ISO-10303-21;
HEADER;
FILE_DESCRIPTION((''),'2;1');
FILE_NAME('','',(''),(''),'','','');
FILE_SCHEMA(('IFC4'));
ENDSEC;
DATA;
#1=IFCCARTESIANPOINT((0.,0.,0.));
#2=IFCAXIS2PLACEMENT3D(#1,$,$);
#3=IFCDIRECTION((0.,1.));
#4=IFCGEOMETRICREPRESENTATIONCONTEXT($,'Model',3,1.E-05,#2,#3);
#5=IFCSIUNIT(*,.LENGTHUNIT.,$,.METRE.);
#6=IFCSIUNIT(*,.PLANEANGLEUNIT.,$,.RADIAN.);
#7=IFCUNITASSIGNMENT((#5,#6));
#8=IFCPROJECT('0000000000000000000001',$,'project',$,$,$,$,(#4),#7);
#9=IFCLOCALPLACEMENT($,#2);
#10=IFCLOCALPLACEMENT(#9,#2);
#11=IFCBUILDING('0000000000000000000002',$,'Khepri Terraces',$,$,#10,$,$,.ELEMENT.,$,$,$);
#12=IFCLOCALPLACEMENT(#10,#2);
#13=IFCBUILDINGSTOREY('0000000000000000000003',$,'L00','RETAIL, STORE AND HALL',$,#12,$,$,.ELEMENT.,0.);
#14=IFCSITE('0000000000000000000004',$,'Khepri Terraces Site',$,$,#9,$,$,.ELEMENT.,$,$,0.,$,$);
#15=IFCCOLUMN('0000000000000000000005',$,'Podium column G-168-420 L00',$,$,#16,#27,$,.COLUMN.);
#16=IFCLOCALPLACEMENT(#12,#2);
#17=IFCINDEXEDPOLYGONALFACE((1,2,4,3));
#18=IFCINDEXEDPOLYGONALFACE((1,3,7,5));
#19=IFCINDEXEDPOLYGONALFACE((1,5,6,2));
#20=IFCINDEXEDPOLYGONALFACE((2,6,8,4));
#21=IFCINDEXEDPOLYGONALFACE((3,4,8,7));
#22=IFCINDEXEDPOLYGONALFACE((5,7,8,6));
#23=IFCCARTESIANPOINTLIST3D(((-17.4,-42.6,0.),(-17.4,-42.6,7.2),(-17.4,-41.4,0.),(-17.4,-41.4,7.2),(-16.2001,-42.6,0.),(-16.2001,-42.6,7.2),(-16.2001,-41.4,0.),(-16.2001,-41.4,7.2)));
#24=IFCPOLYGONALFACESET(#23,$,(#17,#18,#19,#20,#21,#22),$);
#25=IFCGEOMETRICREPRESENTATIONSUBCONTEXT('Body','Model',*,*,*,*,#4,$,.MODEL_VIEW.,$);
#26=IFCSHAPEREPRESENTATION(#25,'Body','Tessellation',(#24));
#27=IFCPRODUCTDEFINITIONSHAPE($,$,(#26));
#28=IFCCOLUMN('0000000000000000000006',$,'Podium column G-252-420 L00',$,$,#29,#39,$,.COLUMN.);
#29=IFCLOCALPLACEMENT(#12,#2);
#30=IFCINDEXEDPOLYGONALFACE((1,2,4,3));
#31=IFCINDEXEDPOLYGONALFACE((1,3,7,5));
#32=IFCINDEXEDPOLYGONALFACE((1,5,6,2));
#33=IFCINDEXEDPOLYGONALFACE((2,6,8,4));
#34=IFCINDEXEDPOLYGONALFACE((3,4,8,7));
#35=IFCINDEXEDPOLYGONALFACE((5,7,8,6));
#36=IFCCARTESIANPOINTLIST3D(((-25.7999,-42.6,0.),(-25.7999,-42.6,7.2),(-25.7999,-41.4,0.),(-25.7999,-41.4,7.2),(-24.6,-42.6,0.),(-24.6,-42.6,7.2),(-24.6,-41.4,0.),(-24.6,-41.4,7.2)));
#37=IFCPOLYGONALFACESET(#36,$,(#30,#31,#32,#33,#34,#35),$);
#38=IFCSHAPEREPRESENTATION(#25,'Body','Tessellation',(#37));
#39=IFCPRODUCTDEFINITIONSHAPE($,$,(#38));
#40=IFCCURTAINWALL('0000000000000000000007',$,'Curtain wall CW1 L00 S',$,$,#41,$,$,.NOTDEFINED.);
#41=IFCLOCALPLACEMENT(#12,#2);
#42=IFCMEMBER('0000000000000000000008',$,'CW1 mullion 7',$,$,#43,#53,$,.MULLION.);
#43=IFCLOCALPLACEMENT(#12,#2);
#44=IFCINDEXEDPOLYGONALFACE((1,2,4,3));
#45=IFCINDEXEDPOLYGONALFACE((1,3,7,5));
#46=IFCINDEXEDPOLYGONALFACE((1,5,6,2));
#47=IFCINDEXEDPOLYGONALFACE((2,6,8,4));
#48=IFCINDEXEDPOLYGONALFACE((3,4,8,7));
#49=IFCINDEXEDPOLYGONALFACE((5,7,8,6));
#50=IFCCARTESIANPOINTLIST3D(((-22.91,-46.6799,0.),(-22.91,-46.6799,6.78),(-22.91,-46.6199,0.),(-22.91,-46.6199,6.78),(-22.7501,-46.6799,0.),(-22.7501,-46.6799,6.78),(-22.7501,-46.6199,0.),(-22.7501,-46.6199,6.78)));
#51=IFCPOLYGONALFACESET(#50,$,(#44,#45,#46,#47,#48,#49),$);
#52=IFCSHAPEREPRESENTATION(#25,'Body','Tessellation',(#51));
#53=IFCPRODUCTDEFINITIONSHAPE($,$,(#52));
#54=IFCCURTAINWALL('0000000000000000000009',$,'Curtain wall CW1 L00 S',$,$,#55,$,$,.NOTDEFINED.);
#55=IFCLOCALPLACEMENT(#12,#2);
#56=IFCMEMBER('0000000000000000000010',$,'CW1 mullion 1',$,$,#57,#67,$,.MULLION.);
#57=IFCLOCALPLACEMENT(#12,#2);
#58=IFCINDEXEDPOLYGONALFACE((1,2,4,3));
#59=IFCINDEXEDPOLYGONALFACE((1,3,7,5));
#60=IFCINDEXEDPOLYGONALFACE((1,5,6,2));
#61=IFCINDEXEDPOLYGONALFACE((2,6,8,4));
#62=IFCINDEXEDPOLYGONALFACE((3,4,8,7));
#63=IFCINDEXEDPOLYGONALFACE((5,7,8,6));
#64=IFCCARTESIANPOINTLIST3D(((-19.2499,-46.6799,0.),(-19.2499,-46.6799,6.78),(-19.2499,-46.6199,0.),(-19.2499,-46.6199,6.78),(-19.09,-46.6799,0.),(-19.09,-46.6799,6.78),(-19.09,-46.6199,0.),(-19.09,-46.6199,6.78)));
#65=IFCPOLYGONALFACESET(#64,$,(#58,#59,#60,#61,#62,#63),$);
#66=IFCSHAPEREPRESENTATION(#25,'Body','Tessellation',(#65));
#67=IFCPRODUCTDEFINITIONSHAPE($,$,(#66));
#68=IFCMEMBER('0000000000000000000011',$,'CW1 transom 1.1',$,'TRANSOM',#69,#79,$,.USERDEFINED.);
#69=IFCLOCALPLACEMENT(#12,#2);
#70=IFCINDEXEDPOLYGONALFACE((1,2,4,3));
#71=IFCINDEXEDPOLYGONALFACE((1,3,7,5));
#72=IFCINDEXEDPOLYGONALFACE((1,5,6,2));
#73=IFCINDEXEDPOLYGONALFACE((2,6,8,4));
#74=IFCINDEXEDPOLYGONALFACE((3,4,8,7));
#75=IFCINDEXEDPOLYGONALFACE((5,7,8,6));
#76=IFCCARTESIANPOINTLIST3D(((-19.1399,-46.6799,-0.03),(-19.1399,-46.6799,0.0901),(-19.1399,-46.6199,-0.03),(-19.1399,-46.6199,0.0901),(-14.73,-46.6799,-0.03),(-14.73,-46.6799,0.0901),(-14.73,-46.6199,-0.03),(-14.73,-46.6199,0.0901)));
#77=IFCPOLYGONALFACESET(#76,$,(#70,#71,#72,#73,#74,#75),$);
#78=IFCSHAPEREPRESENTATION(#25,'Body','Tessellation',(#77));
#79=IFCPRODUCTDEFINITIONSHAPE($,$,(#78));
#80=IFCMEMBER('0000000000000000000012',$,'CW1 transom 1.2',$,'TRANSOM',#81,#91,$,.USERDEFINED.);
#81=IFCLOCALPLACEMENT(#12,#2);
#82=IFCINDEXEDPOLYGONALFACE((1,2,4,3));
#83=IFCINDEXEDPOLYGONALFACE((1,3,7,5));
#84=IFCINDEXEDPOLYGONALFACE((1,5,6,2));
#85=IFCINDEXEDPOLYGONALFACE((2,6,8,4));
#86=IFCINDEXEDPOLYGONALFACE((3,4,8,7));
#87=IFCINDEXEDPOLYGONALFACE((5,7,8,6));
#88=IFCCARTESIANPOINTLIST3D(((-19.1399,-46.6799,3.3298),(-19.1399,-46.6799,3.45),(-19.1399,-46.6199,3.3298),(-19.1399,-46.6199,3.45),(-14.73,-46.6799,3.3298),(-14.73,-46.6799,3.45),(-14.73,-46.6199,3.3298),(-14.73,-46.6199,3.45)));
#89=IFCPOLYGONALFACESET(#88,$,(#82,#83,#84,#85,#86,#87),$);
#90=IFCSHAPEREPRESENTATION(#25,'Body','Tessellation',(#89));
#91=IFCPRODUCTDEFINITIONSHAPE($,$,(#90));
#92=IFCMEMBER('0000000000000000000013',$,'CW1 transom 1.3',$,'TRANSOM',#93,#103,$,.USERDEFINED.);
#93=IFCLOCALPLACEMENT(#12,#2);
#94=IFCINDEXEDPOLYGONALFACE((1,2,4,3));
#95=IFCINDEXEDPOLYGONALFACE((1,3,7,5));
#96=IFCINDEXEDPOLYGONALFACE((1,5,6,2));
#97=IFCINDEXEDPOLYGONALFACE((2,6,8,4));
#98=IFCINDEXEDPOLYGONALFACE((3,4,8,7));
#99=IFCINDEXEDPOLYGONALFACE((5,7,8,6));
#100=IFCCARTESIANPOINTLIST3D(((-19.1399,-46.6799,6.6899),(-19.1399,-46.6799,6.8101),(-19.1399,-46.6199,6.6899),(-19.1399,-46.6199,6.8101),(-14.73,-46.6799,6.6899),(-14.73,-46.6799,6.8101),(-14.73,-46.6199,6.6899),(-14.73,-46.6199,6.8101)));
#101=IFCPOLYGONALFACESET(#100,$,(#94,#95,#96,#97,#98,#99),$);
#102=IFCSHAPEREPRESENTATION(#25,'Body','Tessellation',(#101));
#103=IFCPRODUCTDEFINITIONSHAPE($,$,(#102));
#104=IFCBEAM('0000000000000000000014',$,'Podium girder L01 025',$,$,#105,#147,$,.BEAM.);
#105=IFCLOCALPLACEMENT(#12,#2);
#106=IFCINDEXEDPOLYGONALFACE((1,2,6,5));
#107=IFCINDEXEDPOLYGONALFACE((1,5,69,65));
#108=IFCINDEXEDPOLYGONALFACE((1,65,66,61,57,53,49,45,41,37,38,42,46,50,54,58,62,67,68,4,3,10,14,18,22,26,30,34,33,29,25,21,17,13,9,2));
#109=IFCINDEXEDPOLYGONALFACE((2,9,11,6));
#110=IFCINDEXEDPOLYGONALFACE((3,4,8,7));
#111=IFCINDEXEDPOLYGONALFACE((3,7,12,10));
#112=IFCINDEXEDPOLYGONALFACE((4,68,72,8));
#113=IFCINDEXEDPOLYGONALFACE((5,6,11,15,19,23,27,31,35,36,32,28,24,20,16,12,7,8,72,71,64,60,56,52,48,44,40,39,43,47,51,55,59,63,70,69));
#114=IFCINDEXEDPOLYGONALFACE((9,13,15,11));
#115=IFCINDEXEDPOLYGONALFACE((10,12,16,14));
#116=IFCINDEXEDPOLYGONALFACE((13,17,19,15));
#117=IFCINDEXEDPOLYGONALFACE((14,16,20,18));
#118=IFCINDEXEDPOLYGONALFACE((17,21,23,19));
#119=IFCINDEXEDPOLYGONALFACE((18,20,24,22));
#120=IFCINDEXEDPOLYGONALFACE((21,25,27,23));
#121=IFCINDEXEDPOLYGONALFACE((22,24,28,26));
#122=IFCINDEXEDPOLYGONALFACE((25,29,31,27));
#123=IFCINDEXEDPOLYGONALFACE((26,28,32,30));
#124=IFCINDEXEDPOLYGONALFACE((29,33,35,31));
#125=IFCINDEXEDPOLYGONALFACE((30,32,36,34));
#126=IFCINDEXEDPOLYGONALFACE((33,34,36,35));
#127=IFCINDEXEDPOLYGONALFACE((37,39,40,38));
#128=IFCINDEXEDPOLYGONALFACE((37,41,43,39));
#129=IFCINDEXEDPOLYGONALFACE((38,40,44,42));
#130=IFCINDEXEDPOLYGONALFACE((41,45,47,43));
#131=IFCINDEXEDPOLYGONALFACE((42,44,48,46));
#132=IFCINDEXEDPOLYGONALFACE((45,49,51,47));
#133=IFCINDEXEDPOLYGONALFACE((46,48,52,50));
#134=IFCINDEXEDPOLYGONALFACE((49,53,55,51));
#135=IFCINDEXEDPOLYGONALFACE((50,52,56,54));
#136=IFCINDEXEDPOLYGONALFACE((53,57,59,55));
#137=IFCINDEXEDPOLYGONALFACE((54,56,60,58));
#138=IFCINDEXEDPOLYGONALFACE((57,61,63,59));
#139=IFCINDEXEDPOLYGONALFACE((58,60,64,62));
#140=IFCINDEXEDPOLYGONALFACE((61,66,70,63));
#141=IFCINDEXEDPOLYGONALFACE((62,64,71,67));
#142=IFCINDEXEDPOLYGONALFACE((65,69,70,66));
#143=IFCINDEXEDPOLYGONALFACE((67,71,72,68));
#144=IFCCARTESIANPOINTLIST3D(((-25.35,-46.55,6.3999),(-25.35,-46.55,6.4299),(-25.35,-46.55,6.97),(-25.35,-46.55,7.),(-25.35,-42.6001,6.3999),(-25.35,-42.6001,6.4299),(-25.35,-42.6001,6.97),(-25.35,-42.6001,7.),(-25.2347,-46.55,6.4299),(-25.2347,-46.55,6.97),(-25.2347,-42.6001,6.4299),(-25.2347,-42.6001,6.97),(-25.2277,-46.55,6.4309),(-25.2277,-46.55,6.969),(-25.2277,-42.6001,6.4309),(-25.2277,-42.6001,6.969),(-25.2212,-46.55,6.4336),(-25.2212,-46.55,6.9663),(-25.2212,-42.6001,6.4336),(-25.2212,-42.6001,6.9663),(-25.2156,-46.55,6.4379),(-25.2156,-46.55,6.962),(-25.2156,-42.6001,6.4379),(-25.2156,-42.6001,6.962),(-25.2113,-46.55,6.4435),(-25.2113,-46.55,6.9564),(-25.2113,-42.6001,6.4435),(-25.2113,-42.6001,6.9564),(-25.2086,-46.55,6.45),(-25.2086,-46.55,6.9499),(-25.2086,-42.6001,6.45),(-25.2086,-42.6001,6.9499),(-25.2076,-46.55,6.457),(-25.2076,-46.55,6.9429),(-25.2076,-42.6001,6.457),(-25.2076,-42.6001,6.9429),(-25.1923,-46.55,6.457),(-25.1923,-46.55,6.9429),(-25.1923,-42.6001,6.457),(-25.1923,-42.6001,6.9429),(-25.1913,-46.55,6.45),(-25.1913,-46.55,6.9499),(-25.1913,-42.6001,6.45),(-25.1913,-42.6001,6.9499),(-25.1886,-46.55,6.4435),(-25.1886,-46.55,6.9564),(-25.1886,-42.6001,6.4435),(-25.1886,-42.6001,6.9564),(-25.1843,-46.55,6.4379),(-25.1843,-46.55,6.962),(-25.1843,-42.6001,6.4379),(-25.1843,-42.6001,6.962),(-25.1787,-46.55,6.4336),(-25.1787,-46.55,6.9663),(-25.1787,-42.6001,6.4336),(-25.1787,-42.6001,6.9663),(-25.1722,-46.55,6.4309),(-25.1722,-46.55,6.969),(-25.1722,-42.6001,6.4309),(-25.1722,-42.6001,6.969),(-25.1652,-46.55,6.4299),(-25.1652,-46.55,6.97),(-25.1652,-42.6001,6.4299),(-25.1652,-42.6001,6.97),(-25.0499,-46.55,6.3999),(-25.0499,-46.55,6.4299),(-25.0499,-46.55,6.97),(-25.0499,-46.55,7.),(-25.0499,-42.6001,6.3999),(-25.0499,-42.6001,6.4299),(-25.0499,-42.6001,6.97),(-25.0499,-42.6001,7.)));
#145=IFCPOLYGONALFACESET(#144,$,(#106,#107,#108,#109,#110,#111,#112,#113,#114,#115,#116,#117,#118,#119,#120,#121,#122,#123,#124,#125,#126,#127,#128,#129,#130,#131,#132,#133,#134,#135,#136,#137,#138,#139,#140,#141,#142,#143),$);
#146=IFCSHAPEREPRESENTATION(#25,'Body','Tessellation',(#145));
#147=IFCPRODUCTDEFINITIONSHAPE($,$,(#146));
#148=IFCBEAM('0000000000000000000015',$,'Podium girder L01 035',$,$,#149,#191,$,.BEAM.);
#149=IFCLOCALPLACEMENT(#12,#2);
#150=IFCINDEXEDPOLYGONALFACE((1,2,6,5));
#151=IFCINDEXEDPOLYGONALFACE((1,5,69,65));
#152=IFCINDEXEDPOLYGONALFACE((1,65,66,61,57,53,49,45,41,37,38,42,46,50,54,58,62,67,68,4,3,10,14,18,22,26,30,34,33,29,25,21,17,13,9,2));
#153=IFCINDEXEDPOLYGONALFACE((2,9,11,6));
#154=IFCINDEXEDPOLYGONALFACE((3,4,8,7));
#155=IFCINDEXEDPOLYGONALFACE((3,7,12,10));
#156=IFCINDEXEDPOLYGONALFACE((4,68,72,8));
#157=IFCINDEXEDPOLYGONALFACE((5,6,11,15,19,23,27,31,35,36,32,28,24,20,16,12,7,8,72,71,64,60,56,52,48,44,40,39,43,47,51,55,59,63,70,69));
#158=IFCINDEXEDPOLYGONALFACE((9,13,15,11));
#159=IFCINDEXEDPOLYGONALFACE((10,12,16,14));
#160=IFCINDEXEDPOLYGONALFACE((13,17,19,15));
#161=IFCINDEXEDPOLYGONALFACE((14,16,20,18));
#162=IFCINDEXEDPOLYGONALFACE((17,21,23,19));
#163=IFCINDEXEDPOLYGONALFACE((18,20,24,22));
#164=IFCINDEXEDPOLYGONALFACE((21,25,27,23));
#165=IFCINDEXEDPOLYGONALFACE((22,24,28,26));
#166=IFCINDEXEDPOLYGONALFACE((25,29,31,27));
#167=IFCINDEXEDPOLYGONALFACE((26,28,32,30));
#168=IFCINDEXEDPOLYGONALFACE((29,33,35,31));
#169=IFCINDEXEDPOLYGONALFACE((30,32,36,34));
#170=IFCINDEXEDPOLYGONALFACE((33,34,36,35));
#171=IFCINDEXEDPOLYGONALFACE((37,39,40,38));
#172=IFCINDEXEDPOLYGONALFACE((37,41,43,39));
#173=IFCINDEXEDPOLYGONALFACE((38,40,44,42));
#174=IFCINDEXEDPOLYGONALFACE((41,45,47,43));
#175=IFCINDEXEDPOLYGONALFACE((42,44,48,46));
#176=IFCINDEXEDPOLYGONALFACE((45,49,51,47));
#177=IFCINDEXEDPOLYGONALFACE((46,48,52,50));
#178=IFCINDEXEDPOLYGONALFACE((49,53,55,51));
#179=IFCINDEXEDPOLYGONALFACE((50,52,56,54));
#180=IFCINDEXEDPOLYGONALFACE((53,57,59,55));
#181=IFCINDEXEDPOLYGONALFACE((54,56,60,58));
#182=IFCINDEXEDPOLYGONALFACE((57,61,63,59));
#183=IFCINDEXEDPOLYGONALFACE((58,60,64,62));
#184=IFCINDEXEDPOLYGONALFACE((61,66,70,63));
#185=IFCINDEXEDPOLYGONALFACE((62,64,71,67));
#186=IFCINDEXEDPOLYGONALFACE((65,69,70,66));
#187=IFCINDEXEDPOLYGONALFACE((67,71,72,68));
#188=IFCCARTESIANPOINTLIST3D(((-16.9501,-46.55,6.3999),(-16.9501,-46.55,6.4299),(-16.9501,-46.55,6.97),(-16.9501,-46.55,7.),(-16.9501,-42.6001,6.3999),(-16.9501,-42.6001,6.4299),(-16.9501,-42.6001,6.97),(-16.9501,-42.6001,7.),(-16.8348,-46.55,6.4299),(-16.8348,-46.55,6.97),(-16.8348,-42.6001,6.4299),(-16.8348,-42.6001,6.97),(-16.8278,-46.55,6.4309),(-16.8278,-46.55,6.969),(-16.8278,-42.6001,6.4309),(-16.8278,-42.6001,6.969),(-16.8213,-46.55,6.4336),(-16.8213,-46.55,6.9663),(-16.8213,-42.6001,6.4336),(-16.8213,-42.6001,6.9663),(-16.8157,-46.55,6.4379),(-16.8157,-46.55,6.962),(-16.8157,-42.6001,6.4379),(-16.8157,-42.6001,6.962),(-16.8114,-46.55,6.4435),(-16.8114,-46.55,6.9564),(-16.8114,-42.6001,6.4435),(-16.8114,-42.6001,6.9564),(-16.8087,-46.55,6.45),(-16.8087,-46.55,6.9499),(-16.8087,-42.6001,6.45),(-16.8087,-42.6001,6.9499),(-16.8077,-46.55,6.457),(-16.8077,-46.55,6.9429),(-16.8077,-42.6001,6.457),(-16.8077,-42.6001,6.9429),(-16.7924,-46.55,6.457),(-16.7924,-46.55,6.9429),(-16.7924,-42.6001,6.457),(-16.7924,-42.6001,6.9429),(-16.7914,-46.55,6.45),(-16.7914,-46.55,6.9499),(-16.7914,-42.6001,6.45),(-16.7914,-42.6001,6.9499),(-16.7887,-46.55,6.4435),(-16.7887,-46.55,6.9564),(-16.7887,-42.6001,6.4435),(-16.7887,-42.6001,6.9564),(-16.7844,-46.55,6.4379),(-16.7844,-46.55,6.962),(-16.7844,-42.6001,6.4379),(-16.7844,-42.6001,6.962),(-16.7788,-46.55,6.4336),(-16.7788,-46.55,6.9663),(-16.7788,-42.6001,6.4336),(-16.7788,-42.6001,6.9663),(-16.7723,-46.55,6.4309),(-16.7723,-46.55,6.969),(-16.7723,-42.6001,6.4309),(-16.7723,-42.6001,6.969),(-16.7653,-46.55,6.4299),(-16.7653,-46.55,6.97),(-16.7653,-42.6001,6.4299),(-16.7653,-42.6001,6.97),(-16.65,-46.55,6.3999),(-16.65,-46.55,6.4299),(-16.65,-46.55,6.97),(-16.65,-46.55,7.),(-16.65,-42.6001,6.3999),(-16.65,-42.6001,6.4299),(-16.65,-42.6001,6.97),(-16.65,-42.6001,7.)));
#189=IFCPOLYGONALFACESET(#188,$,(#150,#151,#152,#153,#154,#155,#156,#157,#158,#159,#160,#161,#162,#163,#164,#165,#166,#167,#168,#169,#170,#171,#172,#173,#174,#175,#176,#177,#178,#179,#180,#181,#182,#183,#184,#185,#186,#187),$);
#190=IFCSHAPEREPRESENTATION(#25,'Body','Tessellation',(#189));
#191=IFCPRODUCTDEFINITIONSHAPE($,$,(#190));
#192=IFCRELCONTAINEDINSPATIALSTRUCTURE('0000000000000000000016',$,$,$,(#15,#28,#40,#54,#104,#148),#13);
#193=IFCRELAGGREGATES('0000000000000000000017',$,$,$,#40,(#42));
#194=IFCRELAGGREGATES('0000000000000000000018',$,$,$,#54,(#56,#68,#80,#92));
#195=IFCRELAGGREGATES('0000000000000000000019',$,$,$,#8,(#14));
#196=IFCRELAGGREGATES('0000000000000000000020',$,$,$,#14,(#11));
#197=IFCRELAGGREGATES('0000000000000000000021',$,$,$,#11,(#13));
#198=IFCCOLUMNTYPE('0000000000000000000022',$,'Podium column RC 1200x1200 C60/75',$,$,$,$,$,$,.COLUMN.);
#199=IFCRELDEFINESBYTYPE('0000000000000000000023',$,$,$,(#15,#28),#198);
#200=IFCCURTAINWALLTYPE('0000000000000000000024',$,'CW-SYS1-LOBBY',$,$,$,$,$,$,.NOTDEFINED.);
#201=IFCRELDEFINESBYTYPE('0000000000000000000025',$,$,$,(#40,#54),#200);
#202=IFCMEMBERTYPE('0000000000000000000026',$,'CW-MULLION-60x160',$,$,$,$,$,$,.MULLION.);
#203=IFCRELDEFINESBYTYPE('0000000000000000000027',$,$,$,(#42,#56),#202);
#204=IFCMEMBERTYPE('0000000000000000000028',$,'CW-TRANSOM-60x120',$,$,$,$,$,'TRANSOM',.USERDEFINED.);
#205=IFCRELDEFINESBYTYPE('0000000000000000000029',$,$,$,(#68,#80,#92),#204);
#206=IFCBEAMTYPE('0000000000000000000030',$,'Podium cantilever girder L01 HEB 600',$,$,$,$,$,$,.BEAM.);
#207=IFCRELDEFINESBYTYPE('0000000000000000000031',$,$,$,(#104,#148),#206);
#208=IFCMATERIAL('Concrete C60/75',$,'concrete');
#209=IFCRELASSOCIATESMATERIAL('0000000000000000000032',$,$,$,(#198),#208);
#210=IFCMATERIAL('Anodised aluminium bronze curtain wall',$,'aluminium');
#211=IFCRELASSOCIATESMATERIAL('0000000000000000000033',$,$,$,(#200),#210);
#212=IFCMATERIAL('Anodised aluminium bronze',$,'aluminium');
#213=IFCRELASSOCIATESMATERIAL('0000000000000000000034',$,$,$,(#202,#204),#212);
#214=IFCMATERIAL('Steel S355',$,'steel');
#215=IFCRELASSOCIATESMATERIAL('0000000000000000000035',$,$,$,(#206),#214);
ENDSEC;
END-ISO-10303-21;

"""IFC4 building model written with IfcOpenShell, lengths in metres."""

from ifc_helpers import new_model, si_unit, direction, frame, origin, origin_2d, place, context, subcontext, project, spatial, rectangle, i_section, extrude, material, material_profile, profile_set, type_object, element, aggregate, save


model = new_model("IFC4")

# Units and contexts
model_context = context("Model", 3, precision=1e-05, world=origin(), true_north=direction((0.0, 1.0)))
body_context = subcontext(model_context, "Body", "Model", "MODEL_VIEW")
ifc_project = project(units=[si_unit("LENGTHUNIT", "METRE"), si_unit("PLANEANGLEUNIT", "RADIAN")], contexts=[model_context])

# Site, building, storey
site_placement = place(None, origin())
site = spatial("IfcSite", under=ifc_project, at=site_placement, Name="Khepri Terraces Site", CompositionType="ELEMENT", RefElevation=0.0)
building_placement = place(site_placement, origin())
building = spatial("IfcBuilding", under=site, at=building_placement, Name="Khepri Terraces", CompositionType="ELEMENT")
storey_placement = place(building_placement, origin())
storey = spatial("IfcBuildingStorey", under=building, at=storey_placement, Name="L00", Description="RETAIL, STORE AND HALL", CompositionType="ELEMENT", Elevation=0.0)

# Columns
ifc_material_1 = material(Name="Concrete C60/75", Category="concrete")
ifc_material_profile_1 = material_profile(ifc_material_1, rectangle(XDim=1.2, YDim=1.2, at=origin_2d()), Name="Concrete C60/75", Category="concrete")
ifc_profile_set_1 = profile_set([ifc_material_profile_1], Name="Concrete C60/75")
column_type = type_object("IfcColumnType", Name="Podium column RC 1200x1200 C60/75", PredefinedType="COLUMN", material=ifc_profile_set_1)
for number, where, z_axis, x_axis, name in (
    (1, (-16.8, -42.0, 0.0), (0.0, 0.0, 1.0), (1.0, 0.0, 0.0), "Podium column G-168-420 L00"),
    (2, (-25.2, -42.0, 0.0), (0.0, 0.0, 1.0), (1.0, 0.0, 0.0), "Podium column G-252-420 L00"),
):
    element("IfcColumn", number, at=place(storey_placement, frame(where, z_axis=z_axis, x_axis=x_axis)), inside=storey, type_object=column_type, Name=name, PredefinedType="COLUMN", context=body_context, shape_type="SweptSolid", body=[
        extrude(rectangle(XDim=1.2, YDim=1.2, at=origin_2d()), origin(), (0.0, 0.0, 1.0), 7.2),
    ])

# Curtain wall, member
ifc_material_2 = material(Name="Anodised aluminium bronze curtain wall", Category="aluminium")
curtain_wall_type = type_object("IfcCurtainWallType", Name="CW-SYS1-LOBBY", PredefinedType="NOTDEFINED", material=ifc_material_2)
curtain_wall_1_placement = place(storey_placement, origin())
curtain_wall_1 = element("IfcCurtainWall", 3, at=curtain_wall_1_placement, inside=storey, type_object=curtain_wall_type, Name="Curtain wall CW1 L00 S", PredefinedType="NOTDEFINED")
ifc_material_3 = material(Name="Anodised aluminium bronze", Category="aluminium")
ifc_material_profile_2 = material_profile(ifc_material_3, rectangle(XDim=0.0601, YDim=0.1599, at=origin_2d()), Name="Anodised aluminium bronze", Category="aluminium")
ifc_profile_set_2 = profile_set([ifc_material_profile_2], Name="Anodised aluminium bronze")
member_type_1 = type_object("IfcMemberType", Name="CW-MULLION-60x160", PredefinedType="MULLION", material=ifc_profile_set_2)
member_1_placement = place(storey_placement, frame((-22.8301, -46.6499, 0.0), z_axis=(0.0, 0.0, 1.0), x_axis=(0.0, 1.0, 0.0)))
member_1 = element("IfcMember", 4, at=member_1_placement, type_object=member_type_1, Name="CW1 mullion 7", PredefinedType="MULLION", context=body_context, shape_type="SweptSolid", body=[
    extrude(rectangle(XDim=0.0601, YDim=0.1599, at=origin_2d()), origin(), (0.0, 0.0, 1.0), 6.78),
])

# Curtain wall, members
curtain_wall_2_placement = place(storey_placement, origin())
curtain_wall_2 = element("IfcCurtainWall", 5, at=curtain_wall_2_placement, inside=storey, type_object=curtain_wall_type, Name="Curtain wall CW1 L00 S", PredefinedType="NOTDEFINED")
member_2_placement = place(storey_placement, frame((-19.1699, -46.6499, 0.0), z_axis=(0.0, 0.0, 1.0), x_axis=(0.0, 1.0, 0.0)))
member_2 = element("IfcMember", 6, at=member_2_placement, type_object=member_type_1, Name="CW1 mullion 1", PredefinedType="MULLION", context=body_context, shape_type="SweptSolid", body=[
    extrude(rectangle(XDim=0.0601, YDim=0.1599, at=origin_2d()), origin(), (0.0, 0.0, 1.0), 6.78),
])
ifc_material_profile_3 = material_profile(ifc_material_3, rectangle(XDim=0.0601, YDim=0.1201, at=origin_2d()), Name="Anodised aluminium bronze", Category="aluminium")
ifc_profile_set_3 = profile_set([ifc_material_profile_3], Name="Anodised aluminium bronze")
member_type_2 = type_object("IfcMemberType", Name="CW-TRANSOM-60x120", ElementType="TRANSOM", PredefinedType="USERDEFINED", material=ifc_profile_set_3)
member_3_placement = place(storey_placement, frame((-19.1399, -46.6499, 0.03), z_axis=(1.0, 0.0, 0.0), x_axis=(0.0, 1.0, 0.0)))
member_3 = element("IfcMember", 7, at=member_3_placement, type_object=member_type_2, Name="CW1 transom 1.1", ObjectType="TRANSOM", PredefinedType="USERDEFINED", context=body_context, shape_type="SweptSolid", body=[
    extrude(rectangle(XDim=0.0601, YDim=0.1201, at=origin_2d()), origin(), (0.0, 0.0, 1.0), 4.4099),
])
member_4_placement = place(storey_placement, frame((-19.1399, -46.6499, 3.3899), z_axis=(1.0, 0.0, 0.0), x_axis=(0.0, 1.0, 0.0)))
member_4 = element("IfcMember", 8, at=member_4_placement, type_object=member_type_2, Name="CW1 transom 1.2", ObjectType="TRANSOM", PredefinedType="USERDEFINED", context=body_context, shape_type="SweptSolid", body=[
    extrude(rectangle(XDim=0.0601, YDim=0.1201, at=origin_2d()), origin(), (0.0, 0.0, 1.0), 4.4099),
])
member_5_placement = place(storey_placement, frame((-19.1399, -46.6499, 6.75), z_axis=(1.0, 0.0, 0.0), x_axis=(0.0, 1.0, 0.0)))
member_5 = element("IfcMember", 9, at=member_5_placement, type_object=member_type_2, Name="CW1 transom 1.3", ObjectType="TRANSOM", PredefinedType="USERDEFINED", context=body_context, shape_type="SweptSolid", body=[
    extrude(rectangle(XDim=0.0601, YDim=0.1201, at=origin_2d()), origin(), (0.0, 0.0, 1.0), 4.4099),
])

# Beams
ifc_material_4 = material(Name="Steel S355", Category="steel")
ifc_material_profile_4 = material_profile(ifc_material_4, i_section(OverallWidth=0.3, OverallDepth=0.6001, WebThickness=0.0154, FlangeThickness=0.03, FilletRadius=0.0271, at=origin_2d()), Name="Steel S355", Category="steel")
ifc_profile_set_4 = profile_set([ifc_material_profile_4], Name="Steel S355")
beam_type_1 = type_object("IfcBeamType", Name="Podium cantilever girder L01 HEB 600", PredefinedType="BEAM", material=ifc_profile_set_4)
for number, where, z_axis, x_axis, name in (
    (10, (-25.2, -46.55, 6.7), (0.0, 1.0, 0.0), (-1.0, 0.0, 0.0), "Podium girder L01 025"),
    (11, (-16.8, -46.55, 6.7), (0.0, 1.0, 0.0), (-1.0, 0.0, 0.0), "Podium girder L01 035"),
):
    element("IfcBeam", number, at=place(storey_placement, frame(where, z_axis=z_axis, x_axis=x_axis)), inside=storey, type_object=beam_type_1, Name=name, PredefinedType="BEAM", context=body_context, shape_type="SweptSolid", body=[
        extrude(i_section(OverallWidth=0.3, OverallDepth=0.6001, WebThickness=0.0154, FlangeThickness=0.03, FilletRadius=0.0271, at=origin_2d()), origin(), (0.0, 0.0, 1.0), 3.95),
    ])

aggregate(curtain_wall_1, [member_1])
aggregate(curtain_wall_2, [member_2, member_3, member_4, member_5])

save(model, "model.ifc")
